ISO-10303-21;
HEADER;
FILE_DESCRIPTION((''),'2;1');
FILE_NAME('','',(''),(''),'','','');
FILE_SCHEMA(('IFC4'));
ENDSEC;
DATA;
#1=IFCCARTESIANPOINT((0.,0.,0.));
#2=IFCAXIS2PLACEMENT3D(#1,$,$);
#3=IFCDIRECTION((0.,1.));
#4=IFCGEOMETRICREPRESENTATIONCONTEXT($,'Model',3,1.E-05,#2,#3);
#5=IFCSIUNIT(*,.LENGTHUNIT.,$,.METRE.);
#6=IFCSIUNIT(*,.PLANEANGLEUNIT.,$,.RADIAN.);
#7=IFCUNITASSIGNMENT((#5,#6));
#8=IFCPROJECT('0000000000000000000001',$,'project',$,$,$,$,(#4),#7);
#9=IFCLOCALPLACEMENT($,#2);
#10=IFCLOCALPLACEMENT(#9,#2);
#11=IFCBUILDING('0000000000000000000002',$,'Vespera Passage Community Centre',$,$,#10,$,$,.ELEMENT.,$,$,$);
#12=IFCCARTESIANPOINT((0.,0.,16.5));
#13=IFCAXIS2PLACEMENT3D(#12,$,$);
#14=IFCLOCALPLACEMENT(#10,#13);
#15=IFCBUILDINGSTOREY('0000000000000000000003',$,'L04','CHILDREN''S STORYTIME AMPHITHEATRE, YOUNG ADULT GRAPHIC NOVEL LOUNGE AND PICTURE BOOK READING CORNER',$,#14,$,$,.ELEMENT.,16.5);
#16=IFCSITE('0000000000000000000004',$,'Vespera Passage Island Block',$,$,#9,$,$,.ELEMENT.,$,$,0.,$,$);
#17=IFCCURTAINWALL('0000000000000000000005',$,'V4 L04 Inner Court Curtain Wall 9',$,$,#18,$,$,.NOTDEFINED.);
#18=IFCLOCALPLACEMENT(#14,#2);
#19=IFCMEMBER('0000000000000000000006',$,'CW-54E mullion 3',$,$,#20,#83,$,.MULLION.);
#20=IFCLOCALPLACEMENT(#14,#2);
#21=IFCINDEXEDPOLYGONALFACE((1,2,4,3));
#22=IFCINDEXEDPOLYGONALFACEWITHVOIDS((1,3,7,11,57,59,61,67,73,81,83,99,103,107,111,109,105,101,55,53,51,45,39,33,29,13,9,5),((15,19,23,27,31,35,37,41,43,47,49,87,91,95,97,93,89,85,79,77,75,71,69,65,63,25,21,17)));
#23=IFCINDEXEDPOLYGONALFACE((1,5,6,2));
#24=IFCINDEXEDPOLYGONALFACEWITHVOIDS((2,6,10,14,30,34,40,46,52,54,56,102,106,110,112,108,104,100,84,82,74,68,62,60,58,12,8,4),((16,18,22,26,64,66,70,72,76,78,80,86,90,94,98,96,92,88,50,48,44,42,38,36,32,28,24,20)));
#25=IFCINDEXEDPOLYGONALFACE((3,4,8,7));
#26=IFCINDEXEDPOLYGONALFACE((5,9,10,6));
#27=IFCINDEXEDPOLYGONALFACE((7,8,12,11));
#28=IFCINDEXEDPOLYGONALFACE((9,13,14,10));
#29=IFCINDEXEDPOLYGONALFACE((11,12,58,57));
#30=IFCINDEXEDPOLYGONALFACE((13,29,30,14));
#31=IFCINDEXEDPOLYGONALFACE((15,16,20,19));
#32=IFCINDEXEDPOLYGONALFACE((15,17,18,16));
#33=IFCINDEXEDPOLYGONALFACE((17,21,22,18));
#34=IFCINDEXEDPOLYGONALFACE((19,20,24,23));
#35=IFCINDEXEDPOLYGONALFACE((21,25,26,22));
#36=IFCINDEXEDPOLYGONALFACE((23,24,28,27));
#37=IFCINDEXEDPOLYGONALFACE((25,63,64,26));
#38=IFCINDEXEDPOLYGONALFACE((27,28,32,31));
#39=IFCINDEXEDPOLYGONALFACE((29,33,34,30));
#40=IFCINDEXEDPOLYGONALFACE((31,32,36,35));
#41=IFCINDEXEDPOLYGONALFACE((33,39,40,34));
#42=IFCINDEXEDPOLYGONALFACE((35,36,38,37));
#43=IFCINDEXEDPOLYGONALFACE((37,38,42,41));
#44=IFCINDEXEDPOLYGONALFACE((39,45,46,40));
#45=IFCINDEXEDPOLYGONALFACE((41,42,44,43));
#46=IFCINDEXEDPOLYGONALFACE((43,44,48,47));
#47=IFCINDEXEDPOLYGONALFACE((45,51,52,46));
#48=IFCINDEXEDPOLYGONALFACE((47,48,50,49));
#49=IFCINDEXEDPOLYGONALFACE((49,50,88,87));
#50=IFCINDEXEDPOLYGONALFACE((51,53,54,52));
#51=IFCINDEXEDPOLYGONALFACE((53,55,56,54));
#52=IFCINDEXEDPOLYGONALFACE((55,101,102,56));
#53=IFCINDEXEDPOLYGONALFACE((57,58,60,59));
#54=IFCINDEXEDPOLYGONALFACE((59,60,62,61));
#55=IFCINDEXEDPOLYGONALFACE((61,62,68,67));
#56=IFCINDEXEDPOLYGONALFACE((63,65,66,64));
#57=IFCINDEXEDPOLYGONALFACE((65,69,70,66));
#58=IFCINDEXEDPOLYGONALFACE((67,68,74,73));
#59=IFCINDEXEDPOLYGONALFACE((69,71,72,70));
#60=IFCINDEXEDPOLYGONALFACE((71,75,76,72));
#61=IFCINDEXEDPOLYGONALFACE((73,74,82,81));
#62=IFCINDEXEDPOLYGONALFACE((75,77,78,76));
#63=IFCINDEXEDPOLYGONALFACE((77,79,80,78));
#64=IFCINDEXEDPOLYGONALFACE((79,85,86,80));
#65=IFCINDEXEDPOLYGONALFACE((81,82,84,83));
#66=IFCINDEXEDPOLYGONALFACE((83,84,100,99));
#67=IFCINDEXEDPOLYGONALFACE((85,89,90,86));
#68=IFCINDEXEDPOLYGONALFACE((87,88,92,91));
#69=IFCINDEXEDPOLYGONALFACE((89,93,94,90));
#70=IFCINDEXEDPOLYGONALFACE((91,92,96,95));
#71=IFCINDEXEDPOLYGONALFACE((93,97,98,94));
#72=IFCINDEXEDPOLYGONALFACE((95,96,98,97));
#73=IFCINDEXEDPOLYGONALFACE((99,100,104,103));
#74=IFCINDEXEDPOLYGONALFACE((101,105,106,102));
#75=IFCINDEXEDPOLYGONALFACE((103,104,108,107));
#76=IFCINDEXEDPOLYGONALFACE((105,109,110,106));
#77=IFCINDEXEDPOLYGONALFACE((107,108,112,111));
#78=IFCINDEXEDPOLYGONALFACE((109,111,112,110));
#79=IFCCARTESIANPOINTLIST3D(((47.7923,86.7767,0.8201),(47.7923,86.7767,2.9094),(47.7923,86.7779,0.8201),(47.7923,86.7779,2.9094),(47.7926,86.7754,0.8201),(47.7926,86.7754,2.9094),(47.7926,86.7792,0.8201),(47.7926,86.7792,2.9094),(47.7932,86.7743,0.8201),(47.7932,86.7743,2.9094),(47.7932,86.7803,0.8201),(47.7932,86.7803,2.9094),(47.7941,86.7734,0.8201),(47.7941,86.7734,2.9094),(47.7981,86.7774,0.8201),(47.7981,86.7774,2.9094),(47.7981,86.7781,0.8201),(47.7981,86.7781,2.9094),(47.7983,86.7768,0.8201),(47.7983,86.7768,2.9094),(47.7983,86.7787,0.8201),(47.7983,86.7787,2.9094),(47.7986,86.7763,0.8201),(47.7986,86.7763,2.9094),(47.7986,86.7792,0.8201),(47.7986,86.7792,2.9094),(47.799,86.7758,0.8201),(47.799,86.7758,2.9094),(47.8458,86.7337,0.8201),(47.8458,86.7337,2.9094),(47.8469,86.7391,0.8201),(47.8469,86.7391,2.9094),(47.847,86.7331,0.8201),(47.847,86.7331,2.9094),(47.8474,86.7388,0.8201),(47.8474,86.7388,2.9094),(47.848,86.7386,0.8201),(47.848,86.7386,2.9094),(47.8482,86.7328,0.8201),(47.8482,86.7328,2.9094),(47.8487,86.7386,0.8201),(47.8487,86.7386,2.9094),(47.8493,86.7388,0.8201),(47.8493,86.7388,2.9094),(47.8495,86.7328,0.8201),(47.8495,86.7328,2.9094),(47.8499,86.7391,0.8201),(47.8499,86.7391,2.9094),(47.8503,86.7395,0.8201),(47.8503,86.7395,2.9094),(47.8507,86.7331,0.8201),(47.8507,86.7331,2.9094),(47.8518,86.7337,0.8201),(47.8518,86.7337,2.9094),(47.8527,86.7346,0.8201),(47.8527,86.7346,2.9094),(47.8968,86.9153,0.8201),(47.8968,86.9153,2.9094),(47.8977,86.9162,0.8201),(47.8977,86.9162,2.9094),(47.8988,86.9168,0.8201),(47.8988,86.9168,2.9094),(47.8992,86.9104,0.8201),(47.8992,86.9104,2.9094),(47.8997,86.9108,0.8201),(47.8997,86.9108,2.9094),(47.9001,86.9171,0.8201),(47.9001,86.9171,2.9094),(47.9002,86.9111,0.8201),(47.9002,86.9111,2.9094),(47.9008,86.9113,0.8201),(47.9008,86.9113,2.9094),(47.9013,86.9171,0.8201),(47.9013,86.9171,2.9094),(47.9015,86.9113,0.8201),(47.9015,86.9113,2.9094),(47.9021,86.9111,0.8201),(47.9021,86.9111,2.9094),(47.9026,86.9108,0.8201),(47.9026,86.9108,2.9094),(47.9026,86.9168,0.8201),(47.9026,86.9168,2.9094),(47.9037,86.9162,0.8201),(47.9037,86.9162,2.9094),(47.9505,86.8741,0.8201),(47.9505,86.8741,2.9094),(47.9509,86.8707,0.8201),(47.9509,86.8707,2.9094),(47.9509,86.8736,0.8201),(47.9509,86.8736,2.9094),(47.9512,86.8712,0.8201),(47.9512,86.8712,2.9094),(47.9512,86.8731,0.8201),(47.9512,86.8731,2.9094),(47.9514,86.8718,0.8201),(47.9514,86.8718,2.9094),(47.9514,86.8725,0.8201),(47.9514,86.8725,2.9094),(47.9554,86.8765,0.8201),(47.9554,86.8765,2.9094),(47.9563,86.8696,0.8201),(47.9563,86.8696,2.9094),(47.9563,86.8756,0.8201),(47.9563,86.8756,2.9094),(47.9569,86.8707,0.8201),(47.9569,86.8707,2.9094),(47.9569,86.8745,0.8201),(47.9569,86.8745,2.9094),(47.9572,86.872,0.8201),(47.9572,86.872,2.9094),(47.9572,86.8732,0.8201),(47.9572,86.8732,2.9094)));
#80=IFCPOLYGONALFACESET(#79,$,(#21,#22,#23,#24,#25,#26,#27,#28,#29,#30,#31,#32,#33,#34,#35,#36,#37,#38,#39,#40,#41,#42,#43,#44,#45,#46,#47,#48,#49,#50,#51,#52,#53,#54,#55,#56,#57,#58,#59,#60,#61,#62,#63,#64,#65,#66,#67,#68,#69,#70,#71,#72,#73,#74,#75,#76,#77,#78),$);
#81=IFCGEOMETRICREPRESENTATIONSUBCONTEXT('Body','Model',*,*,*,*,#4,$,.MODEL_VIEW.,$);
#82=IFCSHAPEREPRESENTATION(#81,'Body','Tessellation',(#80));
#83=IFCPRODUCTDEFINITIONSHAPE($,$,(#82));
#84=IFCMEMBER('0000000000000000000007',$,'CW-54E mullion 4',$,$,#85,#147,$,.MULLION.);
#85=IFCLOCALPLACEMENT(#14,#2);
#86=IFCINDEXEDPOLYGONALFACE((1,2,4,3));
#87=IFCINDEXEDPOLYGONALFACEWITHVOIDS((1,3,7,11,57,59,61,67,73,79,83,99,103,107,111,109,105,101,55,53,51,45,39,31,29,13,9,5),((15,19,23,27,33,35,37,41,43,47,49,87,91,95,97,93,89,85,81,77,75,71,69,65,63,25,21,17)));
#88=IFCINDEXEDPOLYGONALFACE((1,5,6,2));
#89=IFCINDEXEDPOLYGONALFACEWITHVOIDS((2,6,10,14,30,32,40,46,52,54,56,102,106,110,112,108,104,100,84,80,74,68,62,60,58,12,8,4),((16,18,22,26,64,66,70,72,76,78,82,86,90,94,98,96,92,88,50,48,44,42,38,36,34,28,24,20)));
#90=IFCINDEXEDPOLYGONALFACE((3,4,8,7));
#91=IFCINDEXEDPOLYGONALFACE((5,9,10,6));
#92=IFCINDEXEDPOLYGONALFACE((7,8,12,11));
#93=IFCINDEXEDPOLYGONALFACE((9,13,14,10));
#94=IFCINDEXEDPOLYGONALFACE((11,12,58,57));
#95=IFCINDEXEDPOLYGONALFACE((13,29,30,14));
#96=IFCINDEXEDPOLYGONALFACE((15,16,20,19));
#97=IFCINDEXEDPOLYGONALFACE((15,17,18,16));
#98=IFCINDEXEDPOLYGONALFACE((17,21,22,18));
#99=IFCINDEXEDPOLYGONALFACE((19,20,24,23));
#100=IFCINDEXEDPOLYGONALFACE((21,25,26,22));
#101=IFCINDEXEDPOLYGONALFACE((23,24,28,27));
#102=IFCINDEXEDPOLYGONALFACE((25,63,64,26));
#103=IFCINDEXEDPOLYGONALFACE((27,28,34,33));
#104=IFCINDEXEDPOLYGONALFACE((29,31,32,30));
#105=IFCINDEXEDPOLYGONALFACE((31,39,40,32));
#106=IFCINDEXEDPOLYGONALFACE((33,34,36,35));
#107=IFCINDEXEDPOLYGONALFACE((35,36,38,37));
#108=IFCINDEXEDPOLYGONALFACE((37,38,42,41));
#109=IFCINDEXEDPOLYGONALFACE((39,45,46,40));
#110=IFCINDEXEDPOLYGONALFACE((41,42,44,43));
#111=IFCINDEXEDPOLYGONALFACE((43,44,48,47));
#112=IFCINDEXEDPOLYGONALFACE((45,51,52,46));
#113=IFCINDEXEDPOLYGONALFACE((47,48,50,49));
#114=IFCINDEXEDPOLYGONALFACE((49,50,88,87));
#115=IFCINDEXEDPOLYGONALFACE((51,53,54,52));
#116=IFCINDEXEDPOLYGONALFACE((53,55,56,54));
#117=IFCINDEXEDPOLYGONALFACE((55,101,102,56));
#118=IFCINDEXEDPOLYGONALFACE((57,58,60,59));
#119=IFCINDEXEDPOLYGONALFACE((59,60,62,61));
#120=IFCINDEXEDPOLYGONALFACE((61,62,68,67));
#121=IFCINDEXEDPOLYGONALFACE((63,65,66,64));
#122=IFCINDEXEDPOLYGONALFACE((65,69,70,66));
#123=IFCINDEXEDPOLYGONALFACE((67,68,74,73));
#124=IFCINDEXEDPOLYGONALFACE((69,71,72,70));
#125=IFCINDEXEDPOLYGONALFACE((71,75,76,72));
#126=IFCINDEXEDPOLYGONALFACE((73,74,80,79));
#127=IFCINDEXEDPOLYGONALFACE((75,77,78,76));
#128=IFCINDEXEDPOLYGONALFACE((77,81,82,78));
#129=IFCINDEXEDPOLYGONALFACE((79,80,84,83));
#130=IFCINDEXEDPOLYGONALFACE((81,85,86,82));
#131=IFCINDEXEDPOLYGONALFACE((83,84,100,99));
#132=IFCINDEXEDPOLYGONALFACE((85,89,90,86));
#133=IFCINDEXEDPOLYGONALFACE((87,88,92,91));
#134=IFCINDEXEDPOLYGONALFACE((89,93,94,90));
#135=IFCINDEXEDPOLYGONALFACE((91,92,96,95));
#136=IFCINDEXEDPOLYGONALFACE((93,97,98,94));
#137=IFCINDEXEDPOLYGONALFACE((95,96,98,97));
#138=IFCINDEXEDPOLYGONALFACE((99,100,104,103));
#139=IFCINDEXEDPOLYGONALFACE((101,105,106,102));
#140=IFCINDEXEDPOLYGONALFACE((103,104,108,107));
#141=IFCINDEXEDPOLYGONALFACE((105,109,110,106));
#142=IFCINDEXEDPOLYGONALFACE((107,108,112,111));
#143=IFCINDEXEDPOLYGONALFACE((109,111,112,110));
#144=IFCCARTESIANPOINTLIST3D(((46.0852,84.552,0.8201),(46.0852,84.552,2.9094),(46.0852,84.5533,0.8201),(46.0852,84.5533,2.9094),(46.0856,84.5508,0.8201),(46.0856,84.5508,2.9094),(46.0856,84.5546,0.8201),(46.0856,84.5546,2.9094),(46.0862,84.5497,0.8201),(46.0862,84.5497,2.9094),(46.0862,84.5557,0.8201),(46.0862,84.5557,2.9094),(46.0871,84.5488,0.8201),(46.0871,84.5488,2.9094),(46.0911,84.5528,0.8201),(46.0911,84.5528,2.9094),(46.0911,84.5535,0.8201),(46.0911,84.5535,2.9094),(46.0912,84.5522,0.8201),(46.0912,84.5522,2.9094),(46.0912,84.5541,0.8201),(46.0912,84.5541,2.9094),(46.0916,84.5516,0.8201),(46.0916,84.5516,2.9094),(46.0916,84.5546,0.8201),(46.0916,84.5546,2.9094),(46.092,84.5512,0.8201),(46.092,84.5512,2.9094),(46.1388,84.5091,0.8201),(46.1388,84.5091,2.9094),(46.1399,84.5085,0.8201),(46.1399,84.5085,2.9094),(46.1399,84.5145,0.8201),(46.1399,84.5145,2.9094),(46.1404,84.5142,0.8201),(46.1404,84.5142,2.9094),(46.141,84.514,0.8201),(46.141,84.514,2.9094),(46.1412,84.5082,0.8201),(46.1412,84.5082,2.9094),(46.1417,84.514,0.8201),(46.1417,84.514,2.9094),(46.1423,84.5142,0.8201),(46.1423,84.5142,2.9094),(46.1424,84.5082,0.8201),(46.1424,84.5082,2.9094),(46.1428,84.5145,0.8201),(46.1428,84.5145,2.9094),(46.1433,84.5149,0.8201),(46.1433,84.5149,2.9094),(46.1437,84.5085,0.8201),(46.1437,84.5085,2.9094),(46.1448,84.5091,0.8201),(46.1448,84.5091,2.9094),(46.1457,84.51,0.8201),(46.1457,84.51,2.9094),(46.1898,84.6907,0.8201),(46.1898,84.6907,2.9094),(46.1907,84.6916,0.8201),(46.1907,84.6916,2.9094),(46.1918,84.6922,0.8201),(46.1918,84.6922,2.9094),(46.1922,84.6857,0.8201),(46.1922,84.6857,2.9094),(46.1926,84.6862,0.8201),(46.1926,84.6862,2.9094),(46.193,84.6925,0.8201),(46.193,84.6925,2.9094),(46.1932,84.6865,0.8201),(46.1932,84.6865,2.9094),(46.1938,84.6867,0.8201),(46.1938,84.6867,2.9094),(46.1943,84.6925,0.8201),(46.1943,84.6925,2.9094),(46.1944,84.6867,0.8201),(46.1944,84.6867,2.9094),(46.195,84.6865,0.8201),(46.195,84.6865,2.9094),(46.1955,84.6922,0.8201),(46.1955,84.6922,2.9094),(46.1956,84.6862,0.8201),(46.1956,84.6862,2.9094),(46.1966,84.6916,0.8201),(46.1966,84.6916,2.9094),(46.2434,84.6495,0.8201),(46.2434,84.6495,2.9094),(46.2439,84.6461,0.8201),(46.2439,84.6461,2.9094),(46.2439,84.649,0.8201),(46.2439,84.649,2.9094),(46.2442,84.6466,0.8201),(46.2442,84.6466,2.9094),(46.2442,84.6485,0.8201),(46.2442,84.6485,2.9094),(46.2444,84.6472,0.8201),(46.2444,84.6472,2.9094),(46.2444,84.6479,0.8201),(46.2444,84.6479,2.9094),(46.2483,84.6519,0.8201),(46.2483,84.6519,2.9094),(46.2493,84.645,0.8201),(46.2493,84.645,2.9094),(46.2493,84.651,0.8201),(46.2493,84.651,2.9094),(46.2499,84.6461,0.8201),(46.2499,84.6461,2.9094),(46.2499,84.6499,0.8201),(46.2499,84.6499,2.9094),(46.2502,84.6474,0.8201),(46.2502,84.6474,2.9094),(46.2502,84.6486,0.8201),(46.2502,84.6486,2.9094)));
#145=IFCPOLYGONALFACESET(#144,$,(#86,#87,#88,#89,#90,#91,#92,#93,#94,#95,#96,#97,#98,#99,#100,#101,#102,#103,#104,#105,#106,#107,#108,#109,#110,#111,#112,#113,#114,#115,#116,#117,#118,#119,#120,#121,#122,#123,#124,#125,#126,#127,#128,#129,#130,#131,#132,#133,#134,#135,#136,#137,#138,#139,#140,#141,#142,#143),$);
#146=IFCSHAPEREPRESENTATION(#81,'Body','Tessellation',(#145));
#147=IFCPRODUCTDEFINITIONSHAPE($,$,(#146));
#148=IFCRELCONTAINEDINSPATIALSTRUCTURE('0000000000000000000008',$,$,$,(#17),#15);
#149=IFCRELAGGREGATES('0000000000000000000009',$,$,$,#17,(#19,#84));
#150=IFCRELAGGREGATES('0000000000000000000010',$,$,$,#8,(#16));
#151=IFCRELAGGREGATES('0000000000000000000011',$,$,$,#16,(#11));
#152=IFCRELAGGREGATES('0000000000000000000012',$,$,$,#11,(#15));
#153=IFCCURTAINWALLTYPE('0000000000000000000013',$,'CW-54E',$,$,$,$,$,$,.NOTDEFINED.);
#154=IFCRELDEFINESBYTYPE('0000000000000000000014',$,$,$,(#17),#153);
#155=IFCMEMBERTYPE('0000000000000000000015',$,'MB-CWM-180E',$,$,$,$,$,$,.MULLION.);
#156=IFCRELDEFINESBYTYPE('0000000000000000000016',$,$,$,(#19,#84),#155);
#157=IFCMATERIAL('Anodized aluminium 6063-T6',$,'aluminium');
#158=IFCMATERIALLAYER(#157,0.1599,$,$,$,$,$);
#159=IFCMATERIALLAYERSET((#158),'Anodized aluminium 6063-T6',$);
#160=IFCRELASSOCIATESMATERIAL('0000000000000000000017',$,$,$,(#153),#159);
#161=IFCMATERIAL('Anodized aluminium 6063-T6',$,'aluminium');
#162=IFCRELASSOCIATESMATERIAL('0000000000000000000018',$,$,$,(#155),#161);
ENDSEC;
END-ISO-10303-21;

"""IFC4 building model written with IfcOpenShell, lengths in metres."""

from ifc_helpers import new_model, si_unit, direction, frame, origin, origin_2d, place, context, subcontext, project, spatial, hollow_rectangle, extrude, material, layer, layer_set, material_profile, profile_set, type_object, element, aggregate, save


model = new_model("IFC4")

# Units and contexts
model_context = context("Model", 3, precision=1e-05, world=origin(), true_north=direction((0.0, 1.0)))
body_context = subcontext(model_context, "Body", "Model", "MODEL_VIEW")
ifc_project = project(units=[si_unit("LENGTHUNIT", "METRE"), si_unit("PLANEANGLEUNIT", "RADIAN")], contexts=[model_context])

# Site, building, storey
site_placement = place(None, origin())
site = spatial("IfcSite", under=ifc_project, at=site_placement, Name="Vespera Passage Island Block", CompositionType="ELEMENT", RefElevation=0.0)
building_placement = place(site_placement, origin())
building = spatial("IfcBuilding", under=site, at=building_placement, Name="Vespera Passage Community Centre", CompositionType="ELEMENT")
storey_placement = place(building_placement, frame((0.0, 0.0, 16.5)))
storey = spatial("IfcBuildingStorey", under=building, at=storey_placement, Name="L04", Description="CHILDREN'S STORYTIME AMPHITHEATRE, YOUNG ADULT GRAPHIC NOVEL LOUNGE AND PICTURE BOOK READING CORNER", CompositionType="ELEMENT", Elevation=16.5)

# Curtain wall, members
ifc_material_1 = material(Name="Anodized aluminium 6063-T6", Category="aluminium")
ifc_layer_1 = layer(ifc_material_1, 0.1599)
ifc_layer_set_1 = layer_set([ifc_layer_1], Name="Anodized aluminium 6063-T6")
curtain_wall_type = type_object("IfcCurtainWallType", Name="CW-54E", PredefinedType="NOTDEFINED", material=ifc_layer_set_1)
curtain_wall_placement = place(storey_placement, origin())
curtain_wall = element("IfcCurtainWall", 1, at=curtain_wall_placement, inside=storey, type_object=curtain_wall_type, Name="V4 L04 Inner Court Curtain Wall 9", PredefinedType="NOTDEFINED")
ifc_material_2 = material(Name="Anodized aluminium 6063-T6", Category="aluminium")
ifc_material_profile_1 = material_profile(ifc_material_2, hollow_rectangle(XDim=0.075, YDim=0.1799, WallThickness=0.0049, InnerFilletRadius=0.0024, OuterFilletRadius=0.0049, at=origin_2d()), Name="ALU180X75X5")
ifc_profile_set_1 = profile_set([ifc_material_profile_1], Name="Anodized aluminium 6063-T6")
member_type_1 = type_object("IfcMemberType", Name="MB-CWM-180E", PredefinedType="MULLION", material=ifc_profile_set_1)
member_1_placement = place(storey_placement, frame((47.8748, 86.825, 0.8201), z_axis=(0.0, 0.0, 1.0), x_axis=(0.793358, -0.608755, 0.0)))
member_1 = element("IfcMember", 2, at=member_1_placement, type_object=member_type_1, Name="CW-54E mullion 3", PredefinedType="MULLION", context=body_context, shape_type="SweptSolid", body=[
    extrude(hollow_rectangle(XDim=0.075, YDim=0.1799, WallThickness=0.0049, InnerFilletRadius=0.0024, OuterFilletRadius=0.0049, at=origin_2d()), origin(), (0.0, 0.0, 1.0), 2.0894),
])
member_2_placement = place(storey_placement, frame((46.1677, 84.6003, 0.8201), z_axis=(0.0, 0.0, 1.0), x_axis=(0.793358, -0.608755, 0.0)))
member_2 = element("IfcMember", 3, at=member_2_placement, type_object=member_type_1, Name="CW-54E mullion 4", PredefinedType="MULLION", context=body_context, shape_type="SweptSolid", body=[
    extrude(hollow_rectangle(XDim=0.075, YDim=0.1799, WallThickness=0.0049, InnerFilletRadius=0.0024, OuterFilletRadius=0.0049, at=origin_2d()), origin(), (0.0, 0.0, 1.0), 2.0894),
])
aggregate(curtain_wall, [member_1, member_2])

save(model, "model.ifc")
